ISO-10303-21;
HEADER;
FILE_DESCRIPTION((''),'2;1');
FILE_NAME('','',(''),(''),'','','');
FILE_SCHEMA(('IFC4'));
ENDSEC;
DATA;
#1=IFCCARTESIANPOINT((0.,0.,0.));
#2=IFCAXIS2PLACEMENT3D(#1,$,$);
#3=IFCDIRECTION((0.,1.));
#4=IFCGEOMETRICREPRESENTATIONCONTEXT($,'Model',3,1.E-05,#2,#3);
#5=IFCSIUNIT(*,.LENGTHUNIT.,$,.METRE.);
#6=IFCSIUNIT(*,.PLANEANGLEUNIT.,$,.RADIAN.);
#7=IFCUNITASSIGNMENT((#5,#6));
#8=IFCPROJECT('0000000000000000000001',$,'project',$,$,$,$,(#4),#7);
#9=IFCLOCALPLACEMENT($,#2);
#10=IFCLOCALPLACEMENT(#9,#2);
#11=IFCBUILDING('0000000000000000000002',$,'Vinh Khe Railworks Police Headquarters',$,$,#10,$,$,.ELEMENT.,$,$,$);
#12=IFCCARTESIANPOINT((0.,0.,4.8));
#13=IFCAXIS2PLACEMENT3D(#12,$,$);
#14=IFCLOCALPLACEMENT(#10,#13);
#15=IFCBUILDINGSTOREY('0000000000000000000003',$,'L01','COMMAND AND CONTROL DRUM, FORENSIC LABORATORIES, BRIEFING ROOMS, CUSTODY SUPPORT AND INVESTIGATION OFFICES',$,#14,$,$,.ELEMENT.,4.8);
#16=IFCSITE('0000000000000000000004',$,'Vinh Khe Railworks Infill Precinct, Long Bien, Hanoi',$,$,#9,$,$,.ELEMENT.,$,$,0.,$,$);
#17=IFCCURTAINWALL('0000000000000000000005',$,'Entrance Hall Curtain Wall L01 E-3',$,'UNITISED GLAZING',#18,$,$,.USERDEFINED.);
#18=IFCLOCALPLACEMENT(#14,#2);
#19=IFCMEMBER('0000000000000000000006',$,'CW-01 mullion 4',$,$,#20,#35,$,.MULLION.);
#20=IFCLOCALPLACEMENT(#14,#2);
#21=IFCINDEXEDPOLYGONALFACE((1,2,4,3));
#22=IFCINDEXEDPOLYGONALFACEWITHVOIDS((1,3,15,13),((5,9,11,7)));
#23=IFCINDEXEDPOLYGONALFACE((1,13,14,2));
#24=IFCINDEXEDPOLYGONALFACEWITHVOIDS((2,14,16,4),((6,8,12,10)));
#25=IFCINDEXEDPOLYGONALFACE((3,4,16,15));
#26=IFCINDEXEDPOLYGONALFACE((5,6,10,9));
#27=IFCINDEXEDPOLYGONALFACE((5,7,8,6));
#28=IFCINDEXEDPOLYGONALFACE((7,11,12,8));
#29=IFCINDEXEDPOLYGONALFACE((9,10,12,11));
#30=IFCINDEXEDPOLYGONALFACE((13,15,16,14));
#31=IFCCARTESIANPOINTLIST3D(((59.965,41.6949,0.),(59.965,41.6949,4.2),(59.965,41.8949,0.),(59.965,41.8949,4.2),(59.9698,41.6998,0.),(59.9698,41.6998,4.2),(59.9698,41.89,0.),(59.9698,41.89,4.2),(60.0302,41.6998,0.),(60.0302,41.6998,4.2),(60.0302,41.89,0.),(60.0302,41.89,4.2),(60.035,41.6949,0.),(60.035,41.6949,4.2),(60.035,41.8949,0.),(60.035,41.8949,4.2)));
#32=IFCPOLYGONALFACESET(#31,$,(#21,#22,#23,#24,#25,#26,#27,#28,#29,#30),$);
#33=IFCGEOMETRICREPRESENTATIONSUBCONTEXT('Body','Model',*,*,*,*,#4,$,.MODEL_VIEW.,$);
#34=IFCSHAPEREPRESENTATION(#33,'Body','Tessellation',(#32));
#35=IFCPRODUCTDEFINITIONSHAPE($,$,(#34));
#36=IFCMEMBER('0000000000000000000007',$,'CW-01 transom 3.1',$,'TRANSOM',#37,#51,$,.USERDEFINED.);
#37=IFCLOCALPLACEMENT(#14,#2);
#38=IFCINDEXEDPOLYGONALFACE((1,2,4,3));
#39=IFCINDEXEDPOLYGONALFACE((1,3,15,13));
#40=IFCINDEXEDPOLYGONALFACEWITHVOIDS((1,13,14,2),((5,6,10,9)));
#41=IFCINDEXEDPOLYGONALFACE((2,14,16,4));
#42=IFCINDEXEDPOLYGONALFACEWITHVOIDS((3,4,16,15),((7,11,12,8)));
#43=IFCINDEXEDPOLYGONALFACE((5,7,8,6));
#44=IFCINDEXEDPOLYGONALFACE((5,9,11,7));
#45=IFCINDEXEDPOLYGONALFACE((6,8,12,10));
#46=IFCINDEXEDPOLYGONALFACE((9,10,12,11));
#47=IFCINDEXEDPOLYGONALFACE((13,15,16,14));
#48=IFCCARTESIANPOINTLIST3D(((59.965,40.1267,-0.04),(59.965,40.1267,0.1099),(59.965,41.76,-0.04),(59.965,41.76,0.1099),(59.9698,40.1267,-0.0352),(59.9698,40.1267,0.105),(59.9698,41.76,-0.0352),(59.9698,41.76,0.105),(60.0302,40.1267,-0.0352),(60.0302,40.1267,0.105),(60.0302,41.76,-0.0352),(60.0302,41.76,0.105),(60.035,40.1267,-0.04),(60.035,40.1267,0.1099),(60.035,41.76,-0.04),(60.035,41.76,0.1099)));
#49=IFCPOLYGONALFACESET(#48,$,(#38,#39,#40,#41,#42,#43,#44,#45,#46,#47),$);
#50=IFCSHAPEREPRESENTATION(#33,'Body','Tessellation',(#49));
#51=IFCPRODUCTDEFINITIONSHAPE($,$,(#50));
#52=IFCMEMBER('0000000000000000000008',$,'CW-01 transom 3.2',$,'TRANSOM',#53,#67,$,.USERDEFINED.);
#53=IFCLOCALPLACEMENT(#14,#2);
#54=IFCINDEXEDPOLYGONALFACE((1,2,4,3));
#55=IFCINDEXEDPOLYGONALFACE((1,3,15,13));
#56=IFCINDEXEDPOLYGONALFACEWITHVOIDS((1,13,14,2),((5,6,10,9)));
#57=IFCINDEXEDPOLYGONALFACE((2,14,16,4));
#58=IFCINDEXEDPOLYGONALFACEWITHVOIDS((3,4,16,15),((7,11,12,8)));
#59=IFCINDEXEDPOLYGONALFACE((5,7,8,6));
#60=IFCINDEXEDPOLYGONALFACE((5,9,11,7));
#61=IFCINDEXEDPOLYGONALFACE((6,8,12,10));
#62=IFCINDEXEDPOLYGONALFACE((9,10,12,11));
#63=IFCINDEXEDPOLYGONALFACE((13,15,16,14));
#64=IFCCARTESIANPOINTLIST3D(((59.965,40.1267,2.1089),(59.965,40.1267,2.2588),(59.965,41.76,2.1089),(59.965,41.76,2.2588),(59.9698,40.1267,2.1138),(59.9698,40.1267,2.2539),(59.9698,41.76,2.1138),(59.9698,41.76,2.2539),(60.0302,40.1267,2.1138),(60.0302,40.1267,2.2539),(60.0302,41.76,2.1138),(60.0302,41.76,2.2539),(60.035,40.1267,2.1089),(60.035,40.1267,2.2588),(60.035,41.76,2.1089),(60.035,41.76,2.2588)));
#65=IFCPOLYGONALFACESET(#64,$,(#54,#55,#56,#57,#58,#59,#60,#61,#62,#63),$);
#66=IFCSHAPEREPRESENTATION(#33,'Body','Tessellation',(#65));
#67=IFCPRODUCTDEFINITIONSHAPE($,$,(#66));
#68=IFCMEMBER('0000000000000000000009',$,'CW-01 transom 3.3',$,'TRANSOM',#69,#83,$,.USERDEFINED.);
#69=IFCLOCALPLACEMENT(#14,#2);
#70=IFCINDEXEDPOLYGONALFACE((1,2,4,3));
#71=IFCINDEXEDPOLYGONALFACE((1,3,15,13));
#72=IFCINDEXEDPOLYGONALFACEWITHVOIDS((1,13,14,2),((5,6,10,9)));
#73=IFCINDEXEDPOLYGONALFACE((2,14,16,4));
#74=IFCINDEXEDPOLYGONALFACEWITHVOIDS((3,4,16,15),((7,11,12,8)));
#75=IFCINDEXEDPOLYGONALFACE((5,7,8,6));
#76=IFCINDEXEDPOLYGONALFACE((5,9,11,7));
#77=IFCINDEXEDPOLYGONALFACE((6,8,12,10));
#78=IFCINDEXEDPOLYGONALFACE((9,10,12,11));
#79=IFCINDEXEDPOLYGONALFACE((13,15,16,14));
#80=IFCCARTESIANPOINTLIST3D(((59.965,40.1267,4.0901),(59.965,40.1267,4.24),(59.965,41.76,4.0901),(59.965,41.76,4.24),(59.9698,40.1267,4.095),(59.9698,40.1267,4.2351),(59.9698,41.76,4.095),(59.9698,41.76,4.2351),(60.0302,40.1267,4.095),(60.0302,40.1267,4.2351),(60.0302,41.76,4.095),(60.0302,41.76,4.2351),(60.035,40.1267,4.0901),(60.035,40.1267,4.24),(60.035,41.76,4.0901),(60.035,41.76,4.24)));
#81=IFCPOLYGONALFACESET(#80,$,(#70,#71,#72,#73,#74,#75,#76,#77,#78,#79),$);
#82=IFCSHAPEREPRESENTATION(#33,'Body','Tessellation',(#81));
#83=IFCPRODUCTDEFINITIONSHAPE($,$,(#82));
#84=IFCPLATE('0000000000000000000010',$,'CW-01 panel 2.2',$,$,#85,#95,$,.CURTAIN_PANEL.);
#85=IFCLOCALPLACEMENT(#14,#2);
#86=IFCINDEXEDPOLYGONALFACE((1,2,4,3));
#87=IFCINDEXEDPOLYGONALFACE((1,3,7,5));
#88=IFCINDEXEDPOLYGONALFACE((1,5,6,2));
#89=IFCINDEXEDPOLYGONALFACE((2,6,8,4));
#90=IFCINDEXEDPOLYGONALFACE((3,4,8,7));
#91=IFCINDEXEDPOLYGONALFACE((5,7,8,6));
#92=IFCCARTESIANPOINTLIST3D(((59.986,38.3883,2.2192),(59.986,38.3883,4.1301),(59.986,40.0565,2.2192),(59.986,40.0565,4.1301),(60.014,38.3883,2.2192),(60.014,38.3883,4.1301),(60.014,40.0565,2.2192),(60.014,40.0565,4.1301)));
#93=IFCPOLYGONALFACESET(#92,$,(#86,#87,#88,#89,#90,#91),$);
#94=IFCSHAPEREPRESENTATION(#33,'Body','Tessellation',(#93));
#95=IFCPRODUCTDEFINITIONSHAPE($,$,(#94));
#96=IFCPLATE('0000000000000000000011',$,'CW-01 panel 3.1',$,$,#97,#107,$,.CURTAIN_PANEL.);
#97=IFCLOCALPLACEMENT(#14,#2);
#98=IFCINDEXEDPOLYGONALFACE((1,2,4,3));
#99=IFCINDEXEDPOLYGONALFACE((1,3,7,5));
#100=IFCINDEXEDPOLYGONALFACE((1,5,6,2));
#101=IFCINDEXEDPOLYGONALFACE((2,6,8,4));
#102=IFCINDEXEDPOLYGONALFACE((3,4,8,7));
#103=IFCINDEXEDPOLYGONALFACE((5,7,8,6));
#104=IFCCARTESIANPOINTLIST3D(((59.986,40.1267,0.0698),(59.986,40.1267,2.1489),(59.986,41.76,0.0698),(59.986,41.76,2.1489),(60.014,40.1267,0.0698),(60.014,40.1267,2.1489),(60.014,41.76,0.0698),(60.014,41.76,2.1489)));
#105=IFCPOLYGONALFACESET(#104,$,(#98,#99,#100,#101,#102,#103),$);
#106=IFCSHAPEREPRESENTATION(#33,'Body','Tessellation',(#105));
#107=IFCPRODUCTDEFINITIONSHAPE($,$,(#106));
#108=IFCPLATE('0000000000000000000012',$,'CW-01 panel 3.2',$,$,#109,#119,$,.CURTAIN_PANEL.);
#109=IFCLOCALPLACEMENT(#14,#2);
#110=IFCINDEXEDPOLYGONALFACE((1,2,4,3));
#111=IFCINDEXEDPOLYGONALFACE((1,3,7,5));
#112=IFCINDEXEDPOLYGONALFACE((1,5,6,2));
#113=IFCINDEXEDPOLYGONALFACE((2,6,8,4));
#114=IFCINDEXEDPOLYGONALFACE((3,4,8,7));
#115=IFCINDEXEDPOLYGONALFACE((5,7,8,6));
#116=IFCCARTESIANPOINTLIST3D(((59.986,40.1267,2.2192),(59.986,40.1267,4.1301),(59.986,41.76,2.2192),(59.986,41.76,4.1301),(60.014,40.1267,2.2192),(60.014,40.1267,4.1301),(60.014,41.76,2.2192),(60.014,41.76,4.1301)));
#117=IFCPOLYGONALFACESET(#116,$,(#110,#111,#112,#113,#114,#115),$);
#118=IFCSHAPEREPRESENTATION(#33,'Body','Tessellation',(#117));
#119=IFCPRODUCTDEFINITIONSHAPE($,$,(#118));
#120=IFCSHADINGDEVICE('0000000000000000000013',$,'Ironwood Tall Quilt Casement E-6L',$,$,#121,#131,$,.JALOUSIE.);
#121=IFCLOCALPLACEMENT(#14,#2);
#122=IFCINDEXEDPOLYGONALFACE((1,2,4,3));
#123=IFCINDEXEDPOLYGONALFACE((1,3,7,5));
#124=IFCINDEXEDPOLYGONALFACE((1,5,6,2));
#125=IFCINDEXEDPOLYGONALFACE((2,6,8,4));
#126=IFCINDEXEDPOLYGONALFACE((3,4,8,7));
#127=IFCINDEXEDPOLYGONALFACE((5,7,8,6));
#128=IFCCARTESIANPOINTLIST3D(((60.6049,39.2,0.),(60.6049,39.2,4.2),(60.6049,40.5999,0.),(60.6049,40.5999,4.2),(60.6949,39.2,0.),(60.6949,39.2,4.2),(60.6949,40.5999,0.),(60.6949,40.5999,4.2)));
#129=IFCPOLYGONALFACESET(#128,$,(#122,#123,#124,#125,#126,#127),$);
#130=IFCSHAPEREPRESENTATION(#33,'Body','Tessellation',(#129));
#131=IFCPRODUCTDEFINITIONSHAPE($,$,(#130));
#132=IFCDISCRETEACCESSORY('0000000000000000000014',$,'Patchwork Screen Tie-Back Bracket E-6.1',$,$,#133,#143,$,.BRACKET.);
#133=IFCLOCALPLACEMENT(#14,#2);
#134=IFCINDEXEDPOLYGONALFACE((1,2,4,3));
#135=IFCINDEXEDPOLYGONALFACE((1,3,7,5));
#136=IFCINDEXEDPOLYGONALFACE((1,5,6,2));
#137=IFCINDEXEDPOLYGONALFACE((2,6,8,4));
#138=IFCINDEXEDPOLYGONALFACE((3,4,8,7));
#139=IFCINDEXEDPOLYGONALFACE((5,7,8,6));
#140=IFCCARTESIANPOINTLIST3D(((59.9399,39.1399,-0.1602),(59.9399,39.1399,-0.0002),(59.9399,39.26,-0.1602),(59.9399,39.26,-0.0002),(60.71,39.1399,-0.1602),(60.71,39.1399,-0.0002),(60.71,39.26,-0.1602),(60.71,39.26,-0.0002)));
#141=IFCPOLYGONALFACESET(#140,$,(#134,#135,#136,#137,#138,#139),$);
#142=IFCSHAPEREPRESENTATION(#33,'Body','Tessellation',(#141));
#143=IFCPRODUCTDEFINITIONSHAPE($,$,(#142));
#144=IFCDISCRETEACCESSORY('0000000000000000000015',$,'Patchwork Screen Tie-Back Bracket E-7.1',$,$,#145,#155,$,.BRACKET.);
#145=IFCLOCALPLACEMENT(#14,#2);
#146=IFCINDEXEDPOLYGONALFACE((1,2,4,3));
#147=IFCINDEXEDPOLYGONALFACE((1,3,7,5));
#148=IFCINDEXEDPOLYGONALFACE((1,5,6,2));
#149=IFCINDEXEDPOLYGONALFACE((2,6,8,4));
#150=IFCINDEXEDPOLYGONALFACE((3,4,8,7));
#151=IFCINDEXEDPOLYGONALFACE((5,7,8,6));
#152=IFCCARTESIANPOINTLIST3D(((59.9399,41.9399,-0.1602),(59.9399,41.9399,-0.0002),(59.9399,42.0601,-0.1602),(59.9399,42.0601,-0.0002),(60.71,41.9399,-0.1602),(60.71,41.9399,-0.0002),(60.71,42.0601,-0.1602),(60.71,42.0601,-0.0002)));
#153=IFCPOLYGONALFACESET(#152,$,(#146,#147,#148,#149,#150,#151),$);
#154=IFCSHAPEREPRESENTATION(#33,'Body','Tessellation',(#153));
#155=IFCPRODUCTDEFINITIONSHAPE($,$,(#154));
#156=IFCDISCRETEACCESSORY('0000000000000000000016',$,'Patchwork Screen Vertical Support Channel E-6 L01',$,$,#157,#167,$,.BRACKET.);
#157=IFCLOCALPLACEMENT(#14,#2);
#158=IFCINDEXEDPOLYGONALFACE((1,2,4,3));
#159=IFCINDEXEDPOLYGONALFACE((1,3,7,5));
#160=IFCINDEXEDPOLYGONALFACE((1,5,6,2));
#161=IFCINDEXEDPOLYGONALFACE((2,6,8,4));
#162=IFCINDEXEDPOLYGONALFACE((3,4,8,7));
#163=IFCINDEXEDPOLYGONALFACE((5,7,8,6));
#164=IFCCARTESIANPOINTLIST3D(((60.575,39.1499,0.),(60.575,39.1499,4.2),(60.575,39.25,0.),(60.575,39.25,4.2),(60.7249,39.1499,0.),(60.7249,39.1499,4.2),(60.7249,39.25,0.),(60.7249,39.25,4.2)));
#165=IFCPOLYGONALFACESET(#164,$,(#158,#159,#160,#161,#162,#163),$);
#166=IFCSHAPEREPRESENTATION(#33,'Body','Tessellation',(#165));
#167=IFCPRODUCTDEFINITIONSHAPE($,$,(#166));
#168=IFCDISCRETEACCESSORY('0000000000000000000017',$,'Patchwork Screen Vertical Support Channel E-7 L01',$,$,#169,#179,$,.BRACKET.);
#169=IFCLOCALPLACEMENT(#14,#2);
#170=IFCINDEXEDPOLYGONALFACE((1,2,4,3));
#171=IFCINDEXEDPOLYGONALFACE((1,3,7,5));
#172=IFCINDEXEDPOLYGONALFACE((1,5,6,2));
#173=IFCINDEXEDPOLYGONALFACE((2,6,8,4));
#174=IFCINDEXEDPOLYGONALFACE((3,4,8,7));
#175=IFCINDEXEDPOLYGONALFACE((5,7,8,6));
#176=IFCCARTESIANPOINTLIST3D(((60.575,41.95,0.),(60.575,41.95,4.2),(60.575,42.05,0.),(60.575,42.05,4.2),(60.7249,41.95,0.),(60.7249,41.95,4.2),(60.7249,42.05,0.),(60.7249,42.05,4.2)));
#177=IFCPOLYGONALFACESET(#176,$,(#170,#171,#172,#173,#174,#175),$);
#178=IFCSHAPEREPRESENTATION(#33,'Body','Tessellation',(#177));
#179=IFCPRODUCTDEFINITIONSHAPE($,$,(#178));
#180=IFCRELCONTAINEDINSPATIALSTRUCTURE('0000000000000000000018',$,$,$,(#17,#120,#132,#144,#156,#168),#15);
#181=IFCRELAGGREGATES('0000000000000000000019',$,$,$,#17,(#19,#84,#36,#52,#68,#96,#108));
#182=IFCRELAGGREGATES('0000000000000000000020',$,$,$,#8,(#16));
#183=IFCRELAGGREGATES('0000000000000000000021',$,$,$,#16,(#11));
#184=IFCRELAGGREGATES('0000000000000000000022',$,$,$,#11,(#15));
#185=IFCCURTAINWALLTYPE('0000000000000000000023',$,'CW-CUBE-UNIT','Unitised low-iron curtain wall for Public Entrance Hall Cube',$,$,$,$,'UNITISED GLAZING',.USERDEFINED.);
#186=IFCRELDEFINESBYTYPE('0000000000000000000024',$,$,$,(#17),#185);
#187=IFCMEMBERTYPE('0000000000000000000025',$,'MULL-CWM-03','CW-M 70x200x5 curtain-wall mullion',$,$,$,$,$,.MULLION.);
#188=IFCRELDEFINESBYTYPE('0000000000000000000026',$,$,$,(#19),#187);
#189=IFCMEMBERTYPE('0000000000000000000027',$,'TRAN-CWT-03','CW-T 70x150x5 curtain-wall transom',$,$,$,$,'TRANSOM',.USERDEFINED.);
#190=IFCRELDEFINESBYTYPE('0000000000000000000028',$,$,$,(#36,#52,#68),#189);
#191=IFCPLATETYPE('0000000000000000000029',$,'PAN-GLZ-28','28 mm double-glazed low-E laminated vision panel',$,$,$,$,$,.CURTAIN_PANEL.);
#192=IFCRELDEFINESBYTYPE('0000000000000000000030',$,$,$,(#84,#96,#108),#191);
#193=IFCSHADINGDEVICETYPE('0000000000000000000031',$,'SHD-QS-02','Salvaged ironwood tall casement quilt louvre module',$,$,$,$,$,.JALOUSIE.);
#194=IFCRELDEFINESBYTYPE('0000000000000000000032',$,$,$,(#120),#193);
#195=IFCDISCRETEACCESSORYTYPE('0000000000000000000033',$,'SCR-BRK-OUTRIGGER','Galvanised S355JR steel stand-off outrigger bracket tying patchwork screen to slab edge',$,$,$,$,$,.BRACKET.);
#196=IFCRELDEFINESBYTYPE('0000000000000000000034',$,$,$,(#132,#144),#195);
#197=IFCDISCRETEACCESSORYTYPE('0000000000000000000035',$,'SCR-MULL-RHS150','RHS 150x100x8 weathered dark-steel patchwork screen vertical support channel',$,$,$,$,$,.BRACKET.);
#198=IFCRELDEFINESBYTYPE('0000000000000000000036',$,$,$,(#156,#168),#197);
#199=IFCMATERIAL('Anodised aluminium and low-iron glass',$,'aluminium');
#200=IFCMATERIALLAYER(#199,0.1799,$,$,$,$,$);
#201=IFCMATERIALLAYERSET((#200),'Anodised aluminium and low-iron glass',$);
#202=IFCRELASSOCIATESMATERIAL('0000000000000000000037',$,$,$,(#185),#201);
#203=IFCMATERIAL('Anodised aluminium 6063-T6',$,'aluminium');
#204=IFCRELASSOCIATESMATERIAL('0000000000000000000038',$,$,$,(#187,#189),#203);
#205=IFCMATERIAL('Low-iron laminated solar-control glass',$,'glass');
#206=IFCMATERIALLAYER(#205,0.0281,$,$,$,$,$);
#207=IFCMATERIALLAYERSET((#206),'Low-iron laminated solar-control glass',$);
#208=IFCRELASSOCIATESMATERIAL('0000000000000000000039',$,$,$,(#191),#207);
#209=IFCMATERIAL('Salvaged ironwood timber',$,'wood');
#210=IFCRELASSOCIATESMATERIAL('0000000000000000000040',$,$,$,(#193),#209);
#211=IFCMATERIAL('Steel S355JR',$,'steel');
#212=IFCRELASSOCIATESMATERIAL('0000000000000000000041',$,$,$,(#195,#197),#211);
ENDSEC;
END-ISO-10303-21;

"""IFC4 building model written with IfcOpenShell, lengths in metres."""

from ifc_helpers import new_model, si_unit, direction, frame, origin, origin_2d, place, context, subcontext, project, spatial, rectangle, hollow_rectangle, extrude, material, layer, layer_set, material_profile, profile_set, type_object, element, aggregate, save


model = new_model("IFC4")

# Units and contexts
model_context = context("Model", 3, precision=1e-05, world=origin(), true_north=direction((0.0, 1.0)))
body_context = subcontext(model_context, "Body", "Model", "MODEL_VIEW")
ifc_project = project(units=[si_unit("LENGTHUNIT", "METRE"), si_unit("PLANEANGLEUNIT", "RADIAN")], contexts=[model_context])

# Site, building, storey
site_placement = place(None, origin())
site = spatial("IfcSite", under=ifc_project, at=site_placement, Name="Vinh Khe Railworks Infill Precinct, Long Bien, Hanoi", CompositionType="ELEMENT", RefElevation=0.0)
building_placement = place(site_placement, origin())
building = spatial("IfcBuilding", under=site, at=building_placement, Name="Vinh Khe Railworks Police Headquarters", CompositionType="ELEMENT")
storey_placement = place(building_placement, frame((0.0, 0.0, 4.8)))
storey = spatial("IfcBuildingStorey", under=building, at=storey_placement, Name="L01", Description="COMMAND AND CONTROL DRUM, FORENSIC LABORATORIES, BRIEFING ROOMS, CUSTODY SUPPORT AND INVESTIGATION OFFICES", CompositionType="ELEMENT", Elevation=4.8)

# Shared definitions
ifc_material_1 = material(Name="Steel S355JR", Category="steel")

# Shared definitions
ifc_material_2 = material(Name="Salvaged ironwood timber", Category="wood")

# Curtain wall, members, plates
ifc_material_3 = material(Name="Anodised aluminium and low-iron glass", Category="aluminium")
ifc_layer_1 = layer(ifc_material_3, 0.1799)
ifc_layer_set_1 = layer_set([ifc_layer_1], Name="Anodised aluminium and low-iron glass")
curtain_wall_type = type_object("IfcCurtainWallType", Name="CW-CUBE-UNIT", Description="Unitised low-iron curtain wall for Public Entrance Hall Cube", ElementType="UNITISED GLAZING", PredefinedType="USERDEFINED", material=ifc_layer_set_1)
curtain_wall_placement = place(storey_placement, origin())
curtain_wall = element("IfcCurtainWall", 1, at=curtain_wall_placement, inside=storey, type_object=curtain_wall_type, Name="Entrance Hall Curtain Wall L01 E-3", ObjectType="UNITISED GLAZING", PredefinedType="USERDEFINED")
ifc_material_4 = material(Name="Anodised aluminium 6063-T6", Category="aluminium")
ifc_material_profile_1 = material_profile(ifc_material_4, hollow_rectangle(XDim=0.0701, YDim=0.2, WallThickness=0.0049, at=origin_2d()), Name="CW-M 70x200x5")
ifc_profile_set_1 = profile_set([ifc_material_profile_1], Name="Anodised aluminium 6063-T6")
member_type_1 = type_object("IfcMemberType", Name="MULL-CWM-03", Description="CW-M 70x200x5 curtain-wall mullion", PredefinedType="MULLION", material=ifc_profile_set_1)
member_1_placement = place(storey_placement, frame((60.0, 41.7949, 0.0), z_axis=(0.0, 0.0, 1.0), x_axis=(-1.0, 0.0, 0.0)))
member_1 = element("IfcMember", 2, at=member_1_placement, type_object=member_type_1, Name="CW-01 mullion 4", PredefinedType="MULLION", context=body_context, shape_type="SweptSolid", body=[
    extrude(hollow_rectangle(XDim=0.0701, YDim=0.2, WallThickness=0.0049, at=origin_2d()), origin(), (0.0, 0.0, 1.0), 4.2),
])
ifc_material_profile_2 = material_profile(ifc_material_4, hollow_rectangle(XDim=0.0701, YDim=0.1499, WallThickness=0.0049, at=origin_2d()), Name="CW-T 70x150x5")
ifc_profile_set_2 = profile_set([ifc_material_profile_2], Name="Anodised aluminium 6063-T6")
member_type_2 = type_object("IfcMemberType", Name="TRAN-CWT-03", Description="CW-T 70x150x5 curtain-wall transom", ElementType="TRANSOM", PredefinedType="USERDEFINED", material=ifc_profile_set_2)
member_2_placement = place(storey_placement, frame((60.0, 40.1267, 0.0349), z_axis=(0.0, 1.0, 0.0), x_axis=(-1.0, 0.0, 0.0)))
member_2 = element("IfcMember", 3, at=member_2_placement, type_object=member_type_2, Name="CW-01 transom 3.1", ObjectType="TRANSOM", PredefinedType="USERDEFINED", context=body_context, shape_type="SweptSolid", body=[
    extrude(hollow_rectangle(XDim=0.0701, YDim=0.1499, WallThickness=0.0049, at=origin_2d()), origin(), (0.0, 0.0, 1.0), 1.6333),
])
member_3_placement = place(storey_placement, frame((60.0, 40.1267, 2.1838), z_axis=(0.0, 1.0, 0.0), x_axis=(-1.0, 0.0, 0.0)))
member_3 = element("IfcMember", 4, at=member_3_placement, type_object=member_type_2, Name="CW-01 transom 3.2", ObjectType="TRANSOM", PredefinedType="USERDEFINED", context=body_context, shape_type="SweptSolid", body=[
    extrude(hollow_rectangle(XDim=0.0701, YDim=0.1499, WallThickness=0.0049, at=origin_2d()), origin(), (0.0, 0.0, 1.0), 1.6333),
])
member_4_placement = place(storey_placement, frame((60.0, 40.1267, 4.165), z_axis=(0.0, 1.0, 0.0), x_axis=(-1.0, 0.0, 0.0)))
member_4 = element("IfcMember", 5, at=member_4_placement, type_object=member_type_2, Name="CW-01 transom 3.3", ObjectType="TRANSOM", PredefinedType="USERDEFINED", context=body_context, shape_type="SweptSolid", body=[
    extrude(hollow_rectangle(XDim=0.0701, YDim=0.1499, WallThickness=0.0049, at=origin_2d()), origin(), (0.0, 0.0, 1.0), 1.6333),
])
ifc_material_5 = material(Name="Low-iron laminated solar-control glass", Category="glass")
ifc_layer_2 = layer(ifc_material_5, 0.0281)
ifc_layer_set_2 = layer_set([ifc_layer_2], Name="Low-iron laminated solar-control glass")
plate_type = type_object("IfcPlateType", Name="PAN-GLZ-28", Description="28 mm double-glazed low-E laminated vision panel", PredefinedType="CURTAIN_PANEL", material=ifc_layer_set_2)
plate_1_placement = place(storey_placement, frame((60.0, 39.2224, 2.2192), z_axis=(0.0, 0.0, 1.0), x_axis=(0.0, 1.0, 0.0)))
plate_1 = element("IfcPlate", 6, at=plate_1_placement, type_object=plate_type, Name="CW-01 panel 2.2", PredefinedType="CURTAIN_PANEL", context=body_context, shape_type="SweptSolid", body=[
    extrude(rectangle(XDim=1.6682, YDim=0.0281, at=origin_2d()), origin(), (0.0, 0.0, 1.0), 1.9109),
])
plate_2_placement = place(storey_placement, frame((60.0, 40.9434, 0.0698), z_axis=(0.0, 0.0, 1.0), x_axis=(0.0, 1.0, 0.0)))
plate_2 = element("IfcPlate", 7, at=plate_2_placement, type_object=plate_type, Name="CW-01 panel 3.1", PredefinedType="CURTAIN_PANEL", context=body_context, shape_type="SweptSolid", body=[
    extrude(rectangle(XDim=1.6333, YDim=0.0281, at=origin_2d()), origin(), (0.0, 0.0, 1.0), 2.0791),
])
plate_3_placement = place(storey_placement, frame((60.0, 40.9434, 2.2192), z_axis=(0.0, 0.0, 1.0), x_axis=(0.0, 1.0, 0.0)))
plate_3 = element("IfcPlate", 8, at=plate_3_placement, type_object=plate_type, Name="CW-01 panel 3.2", PredefinedType="CURTAIN_PANEL", context=body_context, shape_type="SweptSolid", body=[
    extrude(rectangle(XDim=1.6333, YDim=0.0281, at=origin_2d()), origin(), (0.0, 0.0, 1.0), 1.9109),
])
aggregate(curtain_wall, [member_1, plate_1, member_2, member_3, member_4, plate_2, plate_3])

# Shading device
shading_device_type = type_object("IfcShadingDeviceType", Name="SHD-QS-02", Description="Salvaged ironwood tall casement quilt louvre module", PredefinedType="JALOUSIE", material=ifc_material_2)
shading_device_placement = place(storey_placement, frame((60.6499, 39.8999, 0.0), z_axis=(0.0, 0.0, 1.0), x_axis=(0.0, 1.0, 0.0)))
element("IfcShadingDevice", 9, at=shading_device_placement, inside=storey, type_object=shading_device_type, Name="Ironwood Tall Quilt Casement E-6L", PredefinedType="JALOUSIE", context=body_context, shape_type="SweptSolid", body=[
    extrude(rectangle(XDim=1.3999, YDim=0.0901, at=origin_2d()), origin(), (0.0, 0.0, 1.0), 4.2),
])

# Discrete accessories
discrete_accessory_type_1 = type_object("IfcDiscreteAccessoryType", Name="SCR-BRK-OUTRIGGER", Description="Galvanised S355JR steel stand-off outrigger bracket tying patchwork screen to slab edge", PredefinedType="BRACKET", material=ifc_material_1)
for number, where, z_axis, x_axis, name in (
    (10, (60.325, 39.2, -0.1602), (0.0, 0.0, 1.0), (1.0, 0.0, 0.0), "Patchwork Screen Tie-Back Bracket E-6.1"),
    (11, (60.325, 42.0, -0.1602), (0.0, 0.0, 1.0), (1.0, 0.0, 0.0), "Patchwork Screen Tie-Back Bracket E-7.1"),
):
    element("IfcDiscreteAccessory", number, at=place(storey_placement, frame(where, z_axis=z_axis, x_axis=x_axis)), inside=storey, type_object=discrete_accessory_type_1, Name=name, PredefinedType="BRACKET", context=body_context, shape_type="SweptSolid", body=[
        extrude(rectangle(XDim=0.77, YDim=0.1201, at=origin_2d()), origin(), (0.0, 0.0, 1.0), 0.1599),
    ])
discrete_accessory_type_2 = type_object("IfcDiscreteAccessoryType", Name="SCR-MULL-RHS150", Description="RHS 150x100x8 weathered dark-steel patchwork screen vertical support channel", PredefinedType="BRACKET", material=ifc_material_1)
for number, where, z_axis, x_axis, name in (
    (12, (60.6499, 39.2, 0.0), (0.0, 0.0, 1.0), (1.0, 0.0, 0.0), "Patchwork Screen Vertical Support Channel E-6 L01"),
    (13, (60.6499, 42.0, 0.0), (0.0, 0.0, 1.0), (1.0, 0.0, 0.0), "Patchwork Screen Vertical Support Channel E-7 L01"),
):
    element("IfcDiscreteAccessory", number, at=place(storey_placement, frame(where, z_axis=z_axis, x_axis=x_axis)), inside=storey, type_object=discrete_accessory_type_2, Name=name, PredefinedType="BRACKET", context=body_context, shape_type="SweptSolid", body=[
        extrude(rectangle(XDim=0.1499, YDim=0.1001, at=origin_2d()), origin(), (0.0, 0.0, 1.0), 4.2),
    ])

save(model, "model.ifc")
